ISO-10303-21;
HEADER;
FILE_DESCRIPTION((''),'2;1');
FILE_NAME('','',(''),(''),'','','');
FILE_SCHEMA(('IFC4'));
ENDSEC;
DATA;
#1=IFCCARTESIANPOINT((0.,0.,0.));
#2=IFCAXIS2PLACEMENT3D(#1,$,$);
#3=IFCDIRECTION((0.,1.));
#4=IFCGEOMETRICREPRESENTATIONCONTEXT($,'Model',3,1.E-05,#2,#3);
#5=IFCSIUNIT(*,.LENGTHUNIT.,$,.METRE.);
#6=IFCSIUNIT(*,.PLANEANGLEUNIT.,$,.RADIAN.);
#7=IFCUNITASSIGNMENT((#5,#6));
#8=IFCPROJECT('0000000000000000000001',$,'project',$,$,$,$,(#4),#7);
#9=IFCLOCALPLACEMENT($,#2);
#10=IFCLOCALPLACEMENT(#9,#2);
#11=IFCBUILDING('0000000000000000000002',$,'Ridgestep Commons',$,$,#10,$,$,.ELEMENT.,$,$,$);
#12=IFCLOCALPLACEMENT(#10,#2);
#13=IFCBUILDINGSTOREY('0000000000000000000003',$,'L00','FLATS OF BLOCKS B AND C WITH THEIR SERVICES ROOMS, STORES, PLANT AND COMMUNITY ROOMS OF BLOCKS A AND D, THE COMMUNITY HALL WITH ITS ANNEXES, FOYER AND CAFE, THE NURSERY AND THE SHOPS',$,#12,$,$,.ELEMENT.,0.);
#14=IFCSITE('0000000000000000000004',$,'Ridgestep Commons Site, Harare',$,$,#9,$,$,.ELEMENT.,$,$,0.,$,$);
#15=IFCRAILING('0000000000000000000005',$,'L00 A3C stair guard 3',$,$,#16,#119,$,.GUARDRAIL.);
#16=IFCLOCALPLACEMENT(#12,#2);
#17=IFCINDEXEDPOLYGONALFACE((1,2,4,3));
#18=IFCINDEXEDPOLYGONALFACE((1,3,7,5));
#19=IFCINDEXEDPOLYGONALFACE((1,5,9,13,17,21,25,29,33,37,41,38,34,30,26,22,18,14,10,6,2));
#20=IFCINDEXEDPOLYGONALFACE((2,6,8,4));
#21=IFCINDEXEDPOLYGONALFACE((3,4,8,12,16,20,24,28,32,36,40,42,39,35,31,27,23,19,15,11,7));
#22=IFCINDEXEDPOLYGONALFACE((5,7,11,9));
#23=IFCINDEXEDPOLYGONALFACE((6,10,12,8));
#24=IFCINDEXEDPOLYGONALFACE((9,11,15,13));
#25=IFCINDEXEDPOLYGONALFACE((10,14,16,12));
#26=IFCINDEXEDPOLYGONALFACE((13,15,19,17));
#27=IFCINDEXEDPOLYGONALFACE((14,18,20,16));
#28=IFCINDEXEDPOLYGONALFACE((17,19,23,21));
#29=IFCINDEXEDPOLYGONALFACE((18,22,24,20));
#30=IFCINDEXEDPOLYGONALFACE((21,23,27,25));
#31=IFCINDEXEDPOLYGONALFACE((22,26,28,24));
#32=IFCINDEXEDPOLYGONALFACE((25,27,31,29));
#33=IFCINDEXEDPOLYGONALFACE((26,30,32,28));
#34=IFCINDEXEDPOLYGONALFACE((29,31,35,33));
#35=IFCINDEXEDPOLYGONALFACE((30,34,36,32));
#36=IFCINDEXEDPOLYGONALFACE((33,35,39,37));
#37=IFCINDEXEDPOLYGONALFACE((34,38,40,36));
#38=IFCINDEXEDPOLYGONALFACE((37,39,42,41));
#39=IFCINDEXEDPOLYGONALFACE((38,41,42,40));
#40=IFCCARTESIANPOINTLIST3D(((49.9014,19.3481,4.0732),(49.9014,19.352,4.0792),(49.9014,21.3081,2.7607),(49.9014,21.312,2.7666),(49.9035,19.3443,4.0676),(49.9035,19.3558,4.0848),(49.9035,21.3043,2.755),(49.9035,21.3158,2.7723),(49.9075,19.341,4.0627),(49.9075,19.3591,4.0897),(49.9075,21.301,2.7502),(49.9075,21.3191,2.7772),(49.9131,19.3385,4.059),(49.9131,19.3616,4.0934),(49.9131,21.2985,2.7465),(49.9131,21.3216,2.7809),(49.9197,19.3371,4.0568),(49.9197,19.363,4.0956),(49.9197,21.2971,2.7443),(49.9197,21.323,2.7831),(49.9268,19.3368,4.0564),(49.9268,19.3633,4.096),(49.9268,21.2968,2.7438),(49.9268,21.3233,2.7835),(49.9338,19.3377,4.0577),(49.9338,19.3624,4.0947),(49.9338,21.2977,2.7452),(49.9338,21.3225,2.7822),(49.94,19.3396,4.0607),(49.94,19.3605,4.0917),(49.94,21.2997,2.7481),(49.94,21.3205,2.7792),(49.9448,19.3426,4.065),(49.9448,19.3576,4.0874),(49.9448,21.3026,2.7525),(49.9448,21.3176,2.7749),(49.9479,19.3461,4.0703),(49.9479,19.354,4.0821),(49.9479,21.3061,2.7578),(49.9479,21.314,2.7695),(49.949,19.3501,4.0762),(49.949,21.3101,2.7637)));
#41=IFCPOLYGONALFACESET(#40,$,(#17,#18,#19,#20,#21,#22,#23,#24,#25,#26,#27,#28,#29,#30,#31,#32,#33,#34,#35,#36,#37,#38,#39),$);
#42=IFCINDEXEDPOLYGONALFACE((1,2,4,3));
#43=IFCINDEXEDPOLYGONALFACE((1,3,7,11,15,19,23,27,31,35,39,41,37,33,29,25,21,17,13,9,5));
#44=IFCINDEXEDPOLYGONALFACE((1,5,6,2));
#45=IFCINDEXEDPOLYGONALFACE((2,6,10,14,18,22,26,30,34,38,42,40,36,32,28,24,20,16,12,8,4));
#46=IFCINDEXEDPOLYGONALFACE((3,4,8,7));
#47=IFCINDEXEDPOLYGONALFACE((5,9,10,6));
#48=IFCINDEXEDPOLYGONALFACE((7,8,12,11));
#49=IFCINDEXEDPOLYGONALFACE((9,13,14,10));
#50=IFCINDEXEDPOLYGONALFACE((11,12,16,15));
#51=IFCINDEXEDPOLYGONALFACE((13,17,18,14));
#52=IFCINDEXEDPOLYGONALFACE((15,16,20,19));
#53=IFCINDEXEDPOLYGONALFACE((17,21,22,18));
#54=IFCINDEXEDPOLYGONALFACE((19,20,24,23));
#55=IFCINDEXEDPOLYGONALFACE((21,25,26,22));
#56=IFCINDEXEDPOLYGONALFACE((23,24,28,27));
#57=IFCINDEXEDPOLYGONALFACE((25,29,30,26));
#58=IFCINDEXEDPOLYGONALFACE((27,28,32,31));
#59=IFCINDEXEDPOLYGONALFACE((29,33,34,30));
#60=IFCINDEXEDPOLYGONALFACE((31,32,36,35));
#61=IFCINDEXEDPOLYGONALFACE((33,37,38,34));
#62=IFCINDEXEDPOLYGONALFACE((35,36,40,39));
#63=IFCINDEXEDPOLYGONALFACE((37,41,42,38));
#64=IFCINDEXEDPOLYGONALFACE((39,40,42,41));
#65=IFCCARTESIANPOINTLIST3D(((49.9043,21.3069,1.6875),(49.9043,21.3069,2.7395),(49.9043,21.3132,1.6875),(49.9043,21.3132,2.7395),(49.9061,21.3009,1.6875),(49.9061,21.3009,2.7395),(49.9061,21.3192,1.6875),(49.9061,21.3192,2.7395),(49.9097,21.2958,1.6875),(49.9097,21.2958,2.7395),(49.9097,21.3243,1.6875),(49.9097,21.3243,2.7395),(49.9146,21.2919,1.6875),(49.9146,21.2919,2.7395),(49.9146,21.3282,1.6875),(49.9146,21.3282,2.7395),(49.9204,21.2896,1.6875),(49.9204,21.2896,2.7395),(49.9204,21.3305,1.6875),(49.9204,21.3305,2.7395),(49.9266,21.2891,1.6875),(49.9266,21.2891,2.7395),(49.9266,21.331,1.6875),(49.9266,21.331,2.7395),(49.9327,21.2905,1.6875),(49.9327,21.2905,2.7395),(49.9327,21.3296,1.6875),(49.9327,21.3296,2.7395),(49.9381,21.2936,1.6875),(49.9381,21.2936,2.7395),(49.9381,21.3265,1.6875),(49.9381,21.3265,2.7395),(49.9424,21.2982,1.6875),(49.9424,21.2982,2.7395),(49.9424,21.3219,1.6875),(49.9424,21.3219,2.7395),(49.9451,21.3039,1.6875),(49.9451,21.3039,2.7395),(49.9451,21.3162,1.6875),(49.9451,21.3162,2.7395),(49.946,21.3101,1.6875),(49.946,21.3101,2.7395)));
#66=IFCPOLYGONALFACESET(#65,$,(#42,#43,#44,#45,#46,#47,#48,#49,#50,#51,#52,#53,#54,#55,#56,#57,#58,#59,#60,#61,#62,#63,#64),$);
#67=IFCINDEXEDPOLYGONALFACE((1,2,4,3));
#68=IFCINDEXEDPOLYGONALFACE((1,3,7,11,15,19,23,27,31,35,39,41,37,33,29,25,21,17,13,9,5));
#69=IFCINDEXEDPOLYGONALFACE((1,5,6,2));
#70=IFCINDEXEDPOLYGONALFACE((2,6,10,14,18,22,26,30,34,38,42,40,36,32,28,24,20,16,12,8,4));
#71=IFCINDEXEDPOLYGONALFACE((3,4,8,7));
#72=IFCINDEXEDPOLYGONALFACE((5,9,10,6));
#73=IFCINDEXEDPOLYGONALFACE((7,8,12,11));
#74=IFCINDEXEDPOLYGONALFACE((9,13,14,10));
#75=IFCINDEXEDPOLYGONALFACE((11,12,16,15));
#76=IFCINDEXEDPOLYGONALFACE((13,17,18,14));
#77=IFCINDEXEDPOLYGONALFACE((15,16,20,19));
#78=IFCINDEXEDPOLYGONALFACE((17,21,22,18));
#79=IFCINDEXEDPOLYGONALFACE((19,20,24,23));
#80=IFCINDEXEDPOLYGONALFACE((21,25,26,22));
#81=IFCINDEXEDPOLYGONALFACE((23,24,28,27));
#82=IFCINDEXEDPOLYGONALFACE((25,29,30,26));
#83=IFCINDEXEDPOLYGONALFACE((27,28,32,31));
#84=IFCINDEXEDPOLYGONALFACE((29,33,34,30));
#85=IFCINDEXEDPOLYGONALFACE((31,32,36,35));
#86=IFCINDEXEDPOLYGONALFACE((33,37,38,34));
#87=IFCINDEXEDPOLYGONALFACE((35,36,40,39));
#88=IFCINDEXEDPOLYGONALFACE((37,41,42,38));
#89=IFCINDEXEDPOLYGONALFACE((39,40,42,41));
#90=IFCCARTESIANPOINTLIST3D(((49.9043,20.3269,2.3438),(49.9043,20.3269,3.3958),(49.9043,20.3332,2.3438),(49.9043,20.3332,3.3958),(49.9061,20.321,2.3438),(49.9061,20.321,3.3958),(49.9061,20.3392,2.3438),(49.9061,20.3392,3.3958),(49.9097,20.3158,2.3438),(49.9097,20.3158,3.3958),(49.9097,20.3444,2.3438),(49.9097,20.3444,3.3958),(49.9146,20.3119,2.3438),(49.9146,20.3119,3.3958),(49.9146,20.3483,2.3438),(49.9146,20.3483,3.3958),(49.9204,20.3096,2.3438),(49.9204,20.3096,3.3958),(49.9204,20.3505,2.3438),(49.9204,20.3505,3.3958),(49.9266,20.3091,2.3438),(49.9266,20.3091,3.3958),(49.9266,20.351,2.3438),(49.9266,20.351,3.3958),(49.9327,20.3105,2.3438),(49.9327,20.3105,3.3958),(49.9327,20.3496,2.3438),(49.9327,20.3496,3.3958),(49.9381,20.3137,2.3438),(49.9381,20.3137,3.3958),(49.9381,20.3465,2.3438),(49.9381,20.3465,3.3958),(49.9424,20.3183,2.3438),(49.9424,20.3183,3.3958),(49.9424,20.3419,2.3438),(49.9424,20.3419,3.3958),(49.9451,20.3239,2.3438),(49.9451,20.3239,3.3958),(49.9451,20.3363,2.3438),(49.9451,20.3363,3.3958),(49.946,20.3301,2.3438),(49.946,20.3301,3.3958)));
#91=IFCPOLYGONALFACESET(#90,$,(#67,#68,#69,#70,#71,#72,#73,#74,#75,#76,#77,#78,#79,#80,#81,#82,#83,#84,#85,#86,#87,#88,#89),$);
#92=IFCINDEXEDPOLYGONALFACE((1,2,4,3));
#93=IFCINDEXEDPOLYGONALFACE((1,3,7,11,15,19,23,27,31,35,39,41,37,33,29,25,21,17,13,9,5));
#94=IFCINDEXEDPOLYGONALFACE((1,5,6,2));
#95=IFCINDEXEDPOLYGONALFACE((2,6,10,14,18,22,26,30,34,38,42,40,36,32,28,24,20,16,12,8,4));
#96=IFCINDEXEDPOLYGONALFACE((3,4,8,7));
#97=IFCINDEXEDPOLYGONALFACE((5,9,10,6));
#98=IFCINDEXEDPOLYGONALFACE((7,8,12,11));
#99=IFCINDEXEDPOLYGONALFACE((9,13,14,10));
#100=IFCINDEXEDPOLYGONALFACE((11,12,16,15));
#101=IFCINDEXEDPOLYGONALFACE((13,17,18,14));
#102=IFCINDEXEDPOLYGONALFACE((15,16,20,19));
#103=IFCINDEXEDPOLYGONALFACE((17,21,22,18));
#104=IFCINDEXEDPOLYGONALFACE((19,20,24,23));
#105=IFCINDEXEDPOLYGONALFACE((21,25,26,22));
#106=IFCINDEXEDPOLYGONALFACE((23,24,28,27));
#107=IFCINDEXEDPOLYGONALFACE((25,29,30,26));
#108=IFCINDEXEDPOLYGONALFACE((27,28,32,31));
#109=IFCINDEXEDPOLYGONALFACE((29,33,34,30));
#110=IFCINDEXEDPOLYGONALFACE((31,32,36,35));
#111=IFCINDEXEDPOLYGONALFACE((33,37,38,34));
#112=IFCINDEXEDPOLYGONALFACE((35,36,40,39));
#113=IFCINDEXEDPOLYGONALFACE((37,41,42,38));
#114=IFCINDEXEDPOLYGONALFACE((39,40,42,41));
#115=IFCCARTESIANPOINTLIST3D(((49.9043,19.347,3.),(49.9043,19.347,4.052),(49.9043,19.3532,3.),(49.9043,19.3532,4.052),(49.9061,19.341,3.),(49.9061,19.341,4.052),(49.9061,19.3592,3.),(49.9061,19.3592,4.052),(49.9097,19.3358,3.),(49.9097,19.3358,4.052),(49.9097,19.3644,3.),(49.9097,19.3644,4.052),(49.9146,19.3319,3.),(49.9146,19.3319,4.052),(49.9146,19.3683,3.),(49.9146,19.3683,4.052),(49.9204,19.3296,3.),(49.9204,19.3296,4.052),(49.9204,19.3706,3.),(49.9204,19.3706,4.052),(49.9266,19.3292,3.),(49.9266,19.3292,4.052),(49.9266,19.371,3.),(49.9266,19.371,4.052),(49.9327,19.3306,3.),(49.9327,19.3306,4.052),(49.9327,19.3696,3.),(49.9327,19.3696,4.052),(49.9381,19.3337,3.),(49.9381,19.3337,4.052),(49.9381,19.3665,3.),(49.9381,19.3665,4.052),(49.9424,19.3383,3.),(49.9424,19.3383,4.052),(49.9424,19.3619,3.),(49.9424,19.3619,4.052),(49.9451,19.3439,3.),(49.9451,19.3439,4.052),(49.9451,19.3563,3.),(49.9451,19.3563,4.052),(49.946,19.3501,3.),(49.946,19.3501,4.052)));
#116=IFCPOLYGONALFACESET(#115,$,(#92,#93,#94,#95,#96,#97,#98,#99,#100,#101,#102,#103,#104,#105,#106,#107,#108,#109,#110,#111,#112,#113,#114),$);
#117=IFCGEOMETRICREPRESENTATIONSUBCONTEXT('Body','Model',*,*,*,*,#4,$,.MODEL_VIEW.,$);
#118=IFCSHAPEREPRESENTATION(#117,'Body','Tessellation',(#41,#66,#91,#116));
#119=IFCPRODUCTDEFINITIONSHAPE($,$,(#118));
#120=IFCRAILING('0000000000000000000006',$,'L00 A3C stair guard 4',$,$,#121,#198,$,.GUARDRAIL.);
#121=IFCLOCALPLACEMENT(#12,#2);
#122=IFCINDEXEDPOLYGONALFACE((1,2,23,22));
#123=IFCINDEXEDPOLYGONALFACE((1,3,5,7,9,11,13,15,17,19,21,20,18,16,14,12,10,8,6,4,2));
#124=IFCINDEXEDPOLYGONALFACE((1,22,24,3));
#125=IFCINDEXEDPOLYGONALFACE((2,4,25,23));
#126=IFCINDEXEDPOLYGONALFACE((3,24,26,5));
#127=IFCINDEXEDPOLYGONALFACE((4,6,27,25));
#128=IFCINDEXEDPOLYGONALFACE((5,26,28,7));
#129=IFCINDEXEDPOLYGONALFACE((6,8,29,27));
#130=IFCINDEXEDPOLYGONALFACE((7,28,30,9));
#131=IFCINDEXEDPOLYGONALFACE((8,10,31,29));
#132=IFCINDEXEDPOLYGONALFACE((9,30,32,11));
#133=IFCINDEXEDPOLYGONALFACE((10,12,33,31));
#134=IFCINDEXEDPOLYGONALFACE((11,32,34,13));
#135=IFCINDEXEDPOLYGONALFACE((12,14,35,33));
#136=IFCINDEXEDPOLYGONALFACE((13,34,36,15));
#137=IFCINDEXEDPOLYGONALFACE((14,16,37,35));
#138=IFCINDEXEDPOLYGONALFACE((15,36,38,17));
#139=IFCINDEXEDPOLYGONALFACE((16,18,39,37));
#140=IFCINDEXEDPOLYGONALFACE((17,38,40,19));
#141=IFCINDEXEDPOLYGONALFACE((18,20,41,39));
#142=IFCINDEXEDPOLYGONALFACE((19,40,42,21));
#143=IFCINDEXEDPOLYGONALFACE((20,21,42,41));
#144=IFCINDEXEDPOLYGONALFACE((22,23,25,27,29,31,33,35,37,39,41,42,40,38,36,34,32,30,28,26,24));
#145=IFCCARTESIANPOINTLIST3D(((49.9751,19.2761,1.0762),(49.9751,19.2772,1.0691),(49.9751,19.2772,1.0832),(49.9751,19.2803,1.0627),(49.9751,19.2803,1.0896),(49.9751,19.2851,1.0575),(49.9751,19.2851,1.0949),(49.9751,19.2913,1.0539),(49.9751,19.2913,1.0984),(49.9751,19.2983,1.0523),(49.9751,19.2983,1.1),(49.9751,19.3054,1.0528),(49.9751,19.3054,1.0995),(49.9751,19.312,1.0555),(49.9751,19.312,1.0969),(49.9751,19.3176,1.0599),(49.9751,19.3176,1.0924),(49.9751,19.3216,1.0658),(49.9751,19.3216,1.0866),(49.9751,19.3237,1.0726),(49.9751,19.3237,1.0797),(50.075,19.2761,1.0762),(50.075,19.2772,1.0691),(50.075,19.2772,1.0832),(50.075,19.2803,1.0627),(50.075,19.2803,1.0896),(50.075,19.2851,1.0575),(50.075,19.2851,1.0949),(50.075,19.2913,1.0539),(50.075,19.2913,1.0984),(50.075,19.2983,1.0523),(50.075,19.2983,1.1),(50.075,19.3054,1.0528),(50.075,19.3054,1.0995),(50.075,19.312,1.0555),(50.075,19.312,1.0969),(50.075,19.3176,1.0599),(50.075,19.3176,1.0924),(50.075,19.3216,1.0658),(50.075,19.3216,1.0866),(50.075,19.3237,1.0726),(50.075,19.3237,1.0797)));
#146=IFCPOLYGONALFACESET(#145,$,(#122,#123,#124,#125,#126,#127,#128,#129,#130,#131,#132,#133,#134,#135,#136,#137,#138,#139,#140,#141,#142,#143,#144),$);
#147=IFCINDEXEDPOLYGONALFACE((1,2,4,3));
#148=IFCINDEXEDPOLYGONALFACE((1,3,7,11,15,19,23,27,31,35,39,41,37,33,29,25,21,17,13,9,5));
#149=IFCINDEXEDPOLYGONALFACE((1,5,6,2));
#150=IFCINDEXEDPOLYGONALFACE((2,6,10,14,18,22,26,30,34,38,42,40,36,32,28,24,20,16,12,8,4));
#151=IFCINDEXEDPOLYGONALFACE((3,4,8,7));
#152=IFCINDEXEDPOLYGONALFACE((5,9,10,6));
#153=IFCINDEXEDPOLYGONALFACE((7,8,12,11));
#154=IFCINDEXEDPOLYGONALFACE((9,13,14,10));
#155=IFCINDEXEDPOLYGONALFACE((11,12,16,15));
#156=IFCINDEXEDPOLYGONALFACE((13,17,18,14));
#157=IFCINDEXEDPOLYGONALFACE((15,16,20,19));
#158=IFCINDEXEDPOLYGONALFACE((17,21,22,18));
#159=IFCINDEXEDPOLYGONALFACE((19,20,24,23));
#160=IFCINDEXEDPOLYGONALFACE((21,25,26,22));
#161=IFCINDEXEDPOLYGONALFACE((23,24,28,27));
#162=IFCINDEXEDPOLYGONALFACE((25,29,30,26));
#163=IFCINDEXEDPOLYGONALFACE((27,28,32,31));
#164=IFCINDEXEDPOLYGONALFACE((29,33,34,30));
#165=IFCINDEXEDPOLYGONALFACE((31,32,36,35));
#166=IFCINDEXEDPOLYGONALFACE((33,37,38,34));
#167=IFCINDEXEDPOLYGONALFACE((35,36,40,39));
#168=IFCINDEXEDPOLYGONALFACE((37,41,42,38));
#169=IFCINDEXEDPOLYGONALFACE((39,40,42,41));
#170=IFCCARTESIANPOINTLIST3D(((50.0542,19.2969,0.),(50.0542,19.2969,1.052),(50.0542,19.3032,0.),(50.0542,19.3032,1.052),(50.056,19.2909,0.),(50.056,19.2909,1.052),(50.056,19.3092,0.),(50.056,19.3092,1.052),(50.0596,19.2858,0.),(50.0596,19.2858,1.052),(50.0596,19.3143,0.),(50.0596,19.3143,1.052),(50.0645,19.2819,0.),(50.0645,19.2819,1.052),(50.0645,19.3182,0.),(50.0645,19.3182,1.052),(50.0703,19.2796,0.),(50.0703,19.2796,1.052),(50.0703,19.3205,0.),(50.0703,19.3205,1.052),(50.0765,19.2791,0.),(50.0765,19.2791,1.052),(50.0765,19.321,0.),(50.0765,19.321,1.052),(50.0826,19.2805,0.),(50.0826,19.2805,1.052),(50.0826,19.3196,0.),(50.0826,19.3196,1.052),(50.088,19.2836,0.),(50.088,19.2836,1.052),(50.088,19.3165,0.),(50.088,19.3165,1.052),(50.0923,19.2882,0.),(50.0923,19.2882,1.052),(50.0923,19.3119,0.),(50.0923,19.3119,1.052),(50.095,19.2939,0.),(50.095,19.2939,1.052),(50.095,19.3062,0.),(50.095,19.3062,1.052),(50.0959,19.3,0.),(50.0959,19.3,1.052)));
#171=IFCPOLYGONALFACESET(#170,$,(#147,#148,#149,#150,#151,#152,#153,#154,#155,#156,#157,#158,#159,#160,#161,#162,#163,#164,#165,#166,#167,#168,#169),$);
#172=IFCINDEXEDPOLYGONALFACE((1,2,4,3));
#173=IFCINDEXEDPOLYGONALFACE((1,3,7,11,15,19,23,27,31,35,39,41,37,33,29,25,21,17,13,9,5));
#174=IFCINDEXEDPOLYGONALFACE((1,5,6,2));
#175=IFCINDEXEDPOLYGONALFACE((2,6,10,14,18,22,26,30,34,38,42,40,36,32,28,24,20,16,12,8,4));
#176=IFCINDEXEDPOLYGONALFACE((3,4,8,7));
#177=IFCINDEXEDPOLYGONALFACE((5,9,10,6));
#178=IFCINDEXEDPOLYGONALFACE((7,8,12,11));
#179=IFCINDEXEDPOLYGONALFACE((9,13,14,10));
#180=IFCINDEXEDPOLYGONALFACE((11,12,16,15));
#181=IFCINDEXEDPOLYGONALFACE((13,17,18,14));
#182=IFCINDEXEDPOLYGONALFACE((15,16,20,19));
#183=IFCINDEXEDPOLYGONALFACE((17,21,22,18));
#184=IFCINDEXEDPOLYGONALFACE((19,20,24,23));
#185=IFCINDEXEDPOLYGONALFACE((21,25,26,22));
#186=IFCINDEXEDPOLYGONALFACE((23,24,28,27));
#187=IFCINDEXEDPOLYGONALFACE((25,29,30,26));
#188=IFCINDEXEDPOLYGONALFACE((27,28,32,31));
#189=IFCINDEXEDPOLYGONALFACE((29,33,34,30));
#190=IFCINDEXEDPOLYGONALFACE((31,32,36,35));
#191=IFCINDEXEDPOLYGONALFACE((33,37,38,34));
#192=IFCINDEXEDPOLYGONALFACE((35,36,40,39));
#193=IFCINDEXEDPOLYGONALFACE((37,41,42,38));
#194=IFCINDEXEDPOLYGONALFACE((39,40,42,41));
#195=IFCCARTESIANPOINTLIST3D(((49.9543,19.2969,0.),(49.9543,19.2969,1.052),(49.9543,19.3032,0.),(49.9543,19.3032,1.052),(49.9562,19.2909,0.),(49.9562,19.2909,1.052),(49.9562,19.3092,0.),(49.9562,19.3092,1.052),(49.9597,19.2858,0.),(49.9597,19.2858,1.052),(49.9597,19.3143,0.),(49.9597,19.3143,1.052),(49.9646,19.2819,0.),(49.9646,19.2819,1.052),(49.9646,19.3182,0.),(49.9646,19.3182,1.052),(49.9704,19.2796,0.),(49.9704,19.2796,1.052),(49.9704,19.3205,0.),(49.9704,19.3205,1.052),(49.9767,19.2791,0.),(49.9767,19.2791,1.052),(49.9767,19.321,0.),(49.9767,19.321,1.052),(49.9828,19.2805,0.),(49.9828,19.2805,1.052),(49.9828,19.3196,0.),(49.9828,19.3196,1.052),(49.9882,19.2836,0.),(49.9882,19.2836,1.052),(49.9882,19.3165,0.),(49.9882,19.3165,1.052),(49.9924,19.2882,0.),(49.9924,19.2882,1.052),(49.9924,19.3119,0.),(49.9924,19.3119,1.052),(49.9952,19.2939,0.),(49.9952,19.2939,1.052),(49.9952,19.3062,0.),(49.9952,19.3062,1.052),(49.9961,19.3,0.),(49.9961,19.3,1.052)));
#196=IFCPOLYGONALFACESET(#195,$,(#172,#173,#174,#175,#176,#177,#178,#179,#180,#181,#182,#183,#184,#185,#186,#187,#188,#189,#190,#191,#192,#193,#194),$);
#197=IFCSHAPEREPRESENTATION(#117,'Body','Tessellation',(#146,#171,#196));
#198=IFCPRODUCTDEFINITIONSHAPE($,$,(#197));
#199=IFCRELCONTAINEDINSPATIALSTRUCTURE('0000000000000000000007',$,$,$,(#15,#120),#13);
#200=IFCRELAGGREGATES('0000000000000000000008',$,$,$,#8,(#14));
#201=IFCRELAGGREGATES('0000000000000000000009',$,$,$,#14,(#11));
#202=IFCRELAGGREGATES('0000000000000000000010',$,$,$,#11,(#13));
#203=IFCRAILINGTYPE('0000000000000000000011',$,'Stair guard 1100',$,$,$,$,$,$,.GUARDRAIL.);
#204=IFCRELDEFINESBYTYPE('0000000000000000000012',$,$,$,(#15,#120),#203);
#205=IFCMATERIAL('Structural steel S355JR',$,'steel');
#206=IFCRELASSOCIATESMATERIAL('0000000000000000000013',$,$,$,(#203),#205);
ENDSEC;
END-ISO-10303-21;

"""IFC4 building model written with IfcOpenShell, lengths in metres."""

from ifc_helpers import new_model, si_unit, direction, frame, origin, origin_2d, place, context, subcontext, project, spatial, circle, extrude, material, type_object, element, save


model = new_model("IFC4")

# Units and contexts
model_context = context("Model", 3, precision=1e-05, world=origin(), true_north=direction((0.0, 1.0)))
body_context = subcontext(model_context, "Body", "Model", "MODEL_VIEW")
ifc_project = project(units=[si_unit("LENGTHUNIT", "METRE"), si_unit("PLANEANGLEUNIT", "RADIAN")], contexts=[model_context])

# Site, building, storey
site_placement = place(None, origin())
site = spatial("IfcSite", under=ifc_project, at=site_placement, Name="Ridgestep Commons Site, Harare", CompositionType="ELEMENT", RefElevation=0.0)
building_placement = place(site_placement, origin())
building = spatial("IfcBuilding", under=site, at=building_placement, Name="Ridgestep Commons", CompositionType="ELEMENT")
storey_placement = place(building_placement, origin())
storey = spatial("IfcBuildingStorey", under=building, at=storey_placement, Name="L00", Description="FLATS OF BLOCKS B AND C WITH THEIR SERVICES ROOMS, STORES, PLANT AND COMMUNITY ROOMS OF BLOCKS A AND D, THE COMMUNITY HALL WITH ITS ANNEXES, FOYER AND CAFE, THE NURSERY AND THE SHOPS", CompositionType="ELEMENT", Elevation=0.0)

# Railings
ifc_material_1 = material(Name="Structural steel S355JR", Category="steel")
railing_type_1 = type_object("IfcRailingType", Name="Stair guard 1100", PredefinedType="GUARDRAIL", material=ifc_material_1)
railing_1_placement = place(storey_placement, frame((49.925, 21.3101, 1.6875)))
element("IfcRailing", 1, at=railing_1_placement, inside=storey, type_object=railing_type_1, Name="L00 A3C stair guard 3", PredefinedType="GUARDRAIL", context=body_context, shape_type="SweptSolid", body=[
    extrude(circle(Radius=0.0239, at=origin_2d()), frame((0.0, 0.0, 1.0762), z_axis=(0.0, -0.830902, 0.556419), x_axis=(1.0, 0.0, 0.0)), (0.0, 0.0, 1.0), 2.3589),
    extrude(circle(Radius=0.021, at=origin_2d()), origin(), (0.0, 0.0, 1.0), 1.052),
    extrude(circle(Radius=0.021, at=origin_2d()), frame((0.0, -0.98, 0.6562)), (0.0, 0.0, 1.0), 1.052),
    extrude(circle(Radius=0.021, at=origin_2d()), frame((0.0, -1.96, 1.3125)), (0.0, 0.0, 1.0), 1.052),
])
railing_2_placement = place(storey_placement, frame((50.075, 19.3, 0.0)))
element("IfcRailing", 2, at=railing_2_placement, inside=storey, type_object=railing_type_1, Name="L00 A3C stair guard 4", PredefinedType="GUARDRAIL", context=body_context, shape_type="SweptSolid", body=[
    extrude(circle(Radius=0.0239, at=origin_2d()), frame((0.0, 0.0, 1.0762), z_axis=(-1.0, 0.0, 0.0), x_axis=(0.0, -1.0, 0.0)), (0.0, 0.0, 1.0), 0.0999),
    extrude(circle(Radius=0.021, at=origin_2d()), origin(), (0.0, 0.0, 1.0), 1.052),
    extrude(circle(Radius=0.021, at=origin_2d()), frame((-0.0999, 0.0, 0.0)), (0.0, 0.0, 1.0), 1.052),
])

save(model, "model.ifc")
